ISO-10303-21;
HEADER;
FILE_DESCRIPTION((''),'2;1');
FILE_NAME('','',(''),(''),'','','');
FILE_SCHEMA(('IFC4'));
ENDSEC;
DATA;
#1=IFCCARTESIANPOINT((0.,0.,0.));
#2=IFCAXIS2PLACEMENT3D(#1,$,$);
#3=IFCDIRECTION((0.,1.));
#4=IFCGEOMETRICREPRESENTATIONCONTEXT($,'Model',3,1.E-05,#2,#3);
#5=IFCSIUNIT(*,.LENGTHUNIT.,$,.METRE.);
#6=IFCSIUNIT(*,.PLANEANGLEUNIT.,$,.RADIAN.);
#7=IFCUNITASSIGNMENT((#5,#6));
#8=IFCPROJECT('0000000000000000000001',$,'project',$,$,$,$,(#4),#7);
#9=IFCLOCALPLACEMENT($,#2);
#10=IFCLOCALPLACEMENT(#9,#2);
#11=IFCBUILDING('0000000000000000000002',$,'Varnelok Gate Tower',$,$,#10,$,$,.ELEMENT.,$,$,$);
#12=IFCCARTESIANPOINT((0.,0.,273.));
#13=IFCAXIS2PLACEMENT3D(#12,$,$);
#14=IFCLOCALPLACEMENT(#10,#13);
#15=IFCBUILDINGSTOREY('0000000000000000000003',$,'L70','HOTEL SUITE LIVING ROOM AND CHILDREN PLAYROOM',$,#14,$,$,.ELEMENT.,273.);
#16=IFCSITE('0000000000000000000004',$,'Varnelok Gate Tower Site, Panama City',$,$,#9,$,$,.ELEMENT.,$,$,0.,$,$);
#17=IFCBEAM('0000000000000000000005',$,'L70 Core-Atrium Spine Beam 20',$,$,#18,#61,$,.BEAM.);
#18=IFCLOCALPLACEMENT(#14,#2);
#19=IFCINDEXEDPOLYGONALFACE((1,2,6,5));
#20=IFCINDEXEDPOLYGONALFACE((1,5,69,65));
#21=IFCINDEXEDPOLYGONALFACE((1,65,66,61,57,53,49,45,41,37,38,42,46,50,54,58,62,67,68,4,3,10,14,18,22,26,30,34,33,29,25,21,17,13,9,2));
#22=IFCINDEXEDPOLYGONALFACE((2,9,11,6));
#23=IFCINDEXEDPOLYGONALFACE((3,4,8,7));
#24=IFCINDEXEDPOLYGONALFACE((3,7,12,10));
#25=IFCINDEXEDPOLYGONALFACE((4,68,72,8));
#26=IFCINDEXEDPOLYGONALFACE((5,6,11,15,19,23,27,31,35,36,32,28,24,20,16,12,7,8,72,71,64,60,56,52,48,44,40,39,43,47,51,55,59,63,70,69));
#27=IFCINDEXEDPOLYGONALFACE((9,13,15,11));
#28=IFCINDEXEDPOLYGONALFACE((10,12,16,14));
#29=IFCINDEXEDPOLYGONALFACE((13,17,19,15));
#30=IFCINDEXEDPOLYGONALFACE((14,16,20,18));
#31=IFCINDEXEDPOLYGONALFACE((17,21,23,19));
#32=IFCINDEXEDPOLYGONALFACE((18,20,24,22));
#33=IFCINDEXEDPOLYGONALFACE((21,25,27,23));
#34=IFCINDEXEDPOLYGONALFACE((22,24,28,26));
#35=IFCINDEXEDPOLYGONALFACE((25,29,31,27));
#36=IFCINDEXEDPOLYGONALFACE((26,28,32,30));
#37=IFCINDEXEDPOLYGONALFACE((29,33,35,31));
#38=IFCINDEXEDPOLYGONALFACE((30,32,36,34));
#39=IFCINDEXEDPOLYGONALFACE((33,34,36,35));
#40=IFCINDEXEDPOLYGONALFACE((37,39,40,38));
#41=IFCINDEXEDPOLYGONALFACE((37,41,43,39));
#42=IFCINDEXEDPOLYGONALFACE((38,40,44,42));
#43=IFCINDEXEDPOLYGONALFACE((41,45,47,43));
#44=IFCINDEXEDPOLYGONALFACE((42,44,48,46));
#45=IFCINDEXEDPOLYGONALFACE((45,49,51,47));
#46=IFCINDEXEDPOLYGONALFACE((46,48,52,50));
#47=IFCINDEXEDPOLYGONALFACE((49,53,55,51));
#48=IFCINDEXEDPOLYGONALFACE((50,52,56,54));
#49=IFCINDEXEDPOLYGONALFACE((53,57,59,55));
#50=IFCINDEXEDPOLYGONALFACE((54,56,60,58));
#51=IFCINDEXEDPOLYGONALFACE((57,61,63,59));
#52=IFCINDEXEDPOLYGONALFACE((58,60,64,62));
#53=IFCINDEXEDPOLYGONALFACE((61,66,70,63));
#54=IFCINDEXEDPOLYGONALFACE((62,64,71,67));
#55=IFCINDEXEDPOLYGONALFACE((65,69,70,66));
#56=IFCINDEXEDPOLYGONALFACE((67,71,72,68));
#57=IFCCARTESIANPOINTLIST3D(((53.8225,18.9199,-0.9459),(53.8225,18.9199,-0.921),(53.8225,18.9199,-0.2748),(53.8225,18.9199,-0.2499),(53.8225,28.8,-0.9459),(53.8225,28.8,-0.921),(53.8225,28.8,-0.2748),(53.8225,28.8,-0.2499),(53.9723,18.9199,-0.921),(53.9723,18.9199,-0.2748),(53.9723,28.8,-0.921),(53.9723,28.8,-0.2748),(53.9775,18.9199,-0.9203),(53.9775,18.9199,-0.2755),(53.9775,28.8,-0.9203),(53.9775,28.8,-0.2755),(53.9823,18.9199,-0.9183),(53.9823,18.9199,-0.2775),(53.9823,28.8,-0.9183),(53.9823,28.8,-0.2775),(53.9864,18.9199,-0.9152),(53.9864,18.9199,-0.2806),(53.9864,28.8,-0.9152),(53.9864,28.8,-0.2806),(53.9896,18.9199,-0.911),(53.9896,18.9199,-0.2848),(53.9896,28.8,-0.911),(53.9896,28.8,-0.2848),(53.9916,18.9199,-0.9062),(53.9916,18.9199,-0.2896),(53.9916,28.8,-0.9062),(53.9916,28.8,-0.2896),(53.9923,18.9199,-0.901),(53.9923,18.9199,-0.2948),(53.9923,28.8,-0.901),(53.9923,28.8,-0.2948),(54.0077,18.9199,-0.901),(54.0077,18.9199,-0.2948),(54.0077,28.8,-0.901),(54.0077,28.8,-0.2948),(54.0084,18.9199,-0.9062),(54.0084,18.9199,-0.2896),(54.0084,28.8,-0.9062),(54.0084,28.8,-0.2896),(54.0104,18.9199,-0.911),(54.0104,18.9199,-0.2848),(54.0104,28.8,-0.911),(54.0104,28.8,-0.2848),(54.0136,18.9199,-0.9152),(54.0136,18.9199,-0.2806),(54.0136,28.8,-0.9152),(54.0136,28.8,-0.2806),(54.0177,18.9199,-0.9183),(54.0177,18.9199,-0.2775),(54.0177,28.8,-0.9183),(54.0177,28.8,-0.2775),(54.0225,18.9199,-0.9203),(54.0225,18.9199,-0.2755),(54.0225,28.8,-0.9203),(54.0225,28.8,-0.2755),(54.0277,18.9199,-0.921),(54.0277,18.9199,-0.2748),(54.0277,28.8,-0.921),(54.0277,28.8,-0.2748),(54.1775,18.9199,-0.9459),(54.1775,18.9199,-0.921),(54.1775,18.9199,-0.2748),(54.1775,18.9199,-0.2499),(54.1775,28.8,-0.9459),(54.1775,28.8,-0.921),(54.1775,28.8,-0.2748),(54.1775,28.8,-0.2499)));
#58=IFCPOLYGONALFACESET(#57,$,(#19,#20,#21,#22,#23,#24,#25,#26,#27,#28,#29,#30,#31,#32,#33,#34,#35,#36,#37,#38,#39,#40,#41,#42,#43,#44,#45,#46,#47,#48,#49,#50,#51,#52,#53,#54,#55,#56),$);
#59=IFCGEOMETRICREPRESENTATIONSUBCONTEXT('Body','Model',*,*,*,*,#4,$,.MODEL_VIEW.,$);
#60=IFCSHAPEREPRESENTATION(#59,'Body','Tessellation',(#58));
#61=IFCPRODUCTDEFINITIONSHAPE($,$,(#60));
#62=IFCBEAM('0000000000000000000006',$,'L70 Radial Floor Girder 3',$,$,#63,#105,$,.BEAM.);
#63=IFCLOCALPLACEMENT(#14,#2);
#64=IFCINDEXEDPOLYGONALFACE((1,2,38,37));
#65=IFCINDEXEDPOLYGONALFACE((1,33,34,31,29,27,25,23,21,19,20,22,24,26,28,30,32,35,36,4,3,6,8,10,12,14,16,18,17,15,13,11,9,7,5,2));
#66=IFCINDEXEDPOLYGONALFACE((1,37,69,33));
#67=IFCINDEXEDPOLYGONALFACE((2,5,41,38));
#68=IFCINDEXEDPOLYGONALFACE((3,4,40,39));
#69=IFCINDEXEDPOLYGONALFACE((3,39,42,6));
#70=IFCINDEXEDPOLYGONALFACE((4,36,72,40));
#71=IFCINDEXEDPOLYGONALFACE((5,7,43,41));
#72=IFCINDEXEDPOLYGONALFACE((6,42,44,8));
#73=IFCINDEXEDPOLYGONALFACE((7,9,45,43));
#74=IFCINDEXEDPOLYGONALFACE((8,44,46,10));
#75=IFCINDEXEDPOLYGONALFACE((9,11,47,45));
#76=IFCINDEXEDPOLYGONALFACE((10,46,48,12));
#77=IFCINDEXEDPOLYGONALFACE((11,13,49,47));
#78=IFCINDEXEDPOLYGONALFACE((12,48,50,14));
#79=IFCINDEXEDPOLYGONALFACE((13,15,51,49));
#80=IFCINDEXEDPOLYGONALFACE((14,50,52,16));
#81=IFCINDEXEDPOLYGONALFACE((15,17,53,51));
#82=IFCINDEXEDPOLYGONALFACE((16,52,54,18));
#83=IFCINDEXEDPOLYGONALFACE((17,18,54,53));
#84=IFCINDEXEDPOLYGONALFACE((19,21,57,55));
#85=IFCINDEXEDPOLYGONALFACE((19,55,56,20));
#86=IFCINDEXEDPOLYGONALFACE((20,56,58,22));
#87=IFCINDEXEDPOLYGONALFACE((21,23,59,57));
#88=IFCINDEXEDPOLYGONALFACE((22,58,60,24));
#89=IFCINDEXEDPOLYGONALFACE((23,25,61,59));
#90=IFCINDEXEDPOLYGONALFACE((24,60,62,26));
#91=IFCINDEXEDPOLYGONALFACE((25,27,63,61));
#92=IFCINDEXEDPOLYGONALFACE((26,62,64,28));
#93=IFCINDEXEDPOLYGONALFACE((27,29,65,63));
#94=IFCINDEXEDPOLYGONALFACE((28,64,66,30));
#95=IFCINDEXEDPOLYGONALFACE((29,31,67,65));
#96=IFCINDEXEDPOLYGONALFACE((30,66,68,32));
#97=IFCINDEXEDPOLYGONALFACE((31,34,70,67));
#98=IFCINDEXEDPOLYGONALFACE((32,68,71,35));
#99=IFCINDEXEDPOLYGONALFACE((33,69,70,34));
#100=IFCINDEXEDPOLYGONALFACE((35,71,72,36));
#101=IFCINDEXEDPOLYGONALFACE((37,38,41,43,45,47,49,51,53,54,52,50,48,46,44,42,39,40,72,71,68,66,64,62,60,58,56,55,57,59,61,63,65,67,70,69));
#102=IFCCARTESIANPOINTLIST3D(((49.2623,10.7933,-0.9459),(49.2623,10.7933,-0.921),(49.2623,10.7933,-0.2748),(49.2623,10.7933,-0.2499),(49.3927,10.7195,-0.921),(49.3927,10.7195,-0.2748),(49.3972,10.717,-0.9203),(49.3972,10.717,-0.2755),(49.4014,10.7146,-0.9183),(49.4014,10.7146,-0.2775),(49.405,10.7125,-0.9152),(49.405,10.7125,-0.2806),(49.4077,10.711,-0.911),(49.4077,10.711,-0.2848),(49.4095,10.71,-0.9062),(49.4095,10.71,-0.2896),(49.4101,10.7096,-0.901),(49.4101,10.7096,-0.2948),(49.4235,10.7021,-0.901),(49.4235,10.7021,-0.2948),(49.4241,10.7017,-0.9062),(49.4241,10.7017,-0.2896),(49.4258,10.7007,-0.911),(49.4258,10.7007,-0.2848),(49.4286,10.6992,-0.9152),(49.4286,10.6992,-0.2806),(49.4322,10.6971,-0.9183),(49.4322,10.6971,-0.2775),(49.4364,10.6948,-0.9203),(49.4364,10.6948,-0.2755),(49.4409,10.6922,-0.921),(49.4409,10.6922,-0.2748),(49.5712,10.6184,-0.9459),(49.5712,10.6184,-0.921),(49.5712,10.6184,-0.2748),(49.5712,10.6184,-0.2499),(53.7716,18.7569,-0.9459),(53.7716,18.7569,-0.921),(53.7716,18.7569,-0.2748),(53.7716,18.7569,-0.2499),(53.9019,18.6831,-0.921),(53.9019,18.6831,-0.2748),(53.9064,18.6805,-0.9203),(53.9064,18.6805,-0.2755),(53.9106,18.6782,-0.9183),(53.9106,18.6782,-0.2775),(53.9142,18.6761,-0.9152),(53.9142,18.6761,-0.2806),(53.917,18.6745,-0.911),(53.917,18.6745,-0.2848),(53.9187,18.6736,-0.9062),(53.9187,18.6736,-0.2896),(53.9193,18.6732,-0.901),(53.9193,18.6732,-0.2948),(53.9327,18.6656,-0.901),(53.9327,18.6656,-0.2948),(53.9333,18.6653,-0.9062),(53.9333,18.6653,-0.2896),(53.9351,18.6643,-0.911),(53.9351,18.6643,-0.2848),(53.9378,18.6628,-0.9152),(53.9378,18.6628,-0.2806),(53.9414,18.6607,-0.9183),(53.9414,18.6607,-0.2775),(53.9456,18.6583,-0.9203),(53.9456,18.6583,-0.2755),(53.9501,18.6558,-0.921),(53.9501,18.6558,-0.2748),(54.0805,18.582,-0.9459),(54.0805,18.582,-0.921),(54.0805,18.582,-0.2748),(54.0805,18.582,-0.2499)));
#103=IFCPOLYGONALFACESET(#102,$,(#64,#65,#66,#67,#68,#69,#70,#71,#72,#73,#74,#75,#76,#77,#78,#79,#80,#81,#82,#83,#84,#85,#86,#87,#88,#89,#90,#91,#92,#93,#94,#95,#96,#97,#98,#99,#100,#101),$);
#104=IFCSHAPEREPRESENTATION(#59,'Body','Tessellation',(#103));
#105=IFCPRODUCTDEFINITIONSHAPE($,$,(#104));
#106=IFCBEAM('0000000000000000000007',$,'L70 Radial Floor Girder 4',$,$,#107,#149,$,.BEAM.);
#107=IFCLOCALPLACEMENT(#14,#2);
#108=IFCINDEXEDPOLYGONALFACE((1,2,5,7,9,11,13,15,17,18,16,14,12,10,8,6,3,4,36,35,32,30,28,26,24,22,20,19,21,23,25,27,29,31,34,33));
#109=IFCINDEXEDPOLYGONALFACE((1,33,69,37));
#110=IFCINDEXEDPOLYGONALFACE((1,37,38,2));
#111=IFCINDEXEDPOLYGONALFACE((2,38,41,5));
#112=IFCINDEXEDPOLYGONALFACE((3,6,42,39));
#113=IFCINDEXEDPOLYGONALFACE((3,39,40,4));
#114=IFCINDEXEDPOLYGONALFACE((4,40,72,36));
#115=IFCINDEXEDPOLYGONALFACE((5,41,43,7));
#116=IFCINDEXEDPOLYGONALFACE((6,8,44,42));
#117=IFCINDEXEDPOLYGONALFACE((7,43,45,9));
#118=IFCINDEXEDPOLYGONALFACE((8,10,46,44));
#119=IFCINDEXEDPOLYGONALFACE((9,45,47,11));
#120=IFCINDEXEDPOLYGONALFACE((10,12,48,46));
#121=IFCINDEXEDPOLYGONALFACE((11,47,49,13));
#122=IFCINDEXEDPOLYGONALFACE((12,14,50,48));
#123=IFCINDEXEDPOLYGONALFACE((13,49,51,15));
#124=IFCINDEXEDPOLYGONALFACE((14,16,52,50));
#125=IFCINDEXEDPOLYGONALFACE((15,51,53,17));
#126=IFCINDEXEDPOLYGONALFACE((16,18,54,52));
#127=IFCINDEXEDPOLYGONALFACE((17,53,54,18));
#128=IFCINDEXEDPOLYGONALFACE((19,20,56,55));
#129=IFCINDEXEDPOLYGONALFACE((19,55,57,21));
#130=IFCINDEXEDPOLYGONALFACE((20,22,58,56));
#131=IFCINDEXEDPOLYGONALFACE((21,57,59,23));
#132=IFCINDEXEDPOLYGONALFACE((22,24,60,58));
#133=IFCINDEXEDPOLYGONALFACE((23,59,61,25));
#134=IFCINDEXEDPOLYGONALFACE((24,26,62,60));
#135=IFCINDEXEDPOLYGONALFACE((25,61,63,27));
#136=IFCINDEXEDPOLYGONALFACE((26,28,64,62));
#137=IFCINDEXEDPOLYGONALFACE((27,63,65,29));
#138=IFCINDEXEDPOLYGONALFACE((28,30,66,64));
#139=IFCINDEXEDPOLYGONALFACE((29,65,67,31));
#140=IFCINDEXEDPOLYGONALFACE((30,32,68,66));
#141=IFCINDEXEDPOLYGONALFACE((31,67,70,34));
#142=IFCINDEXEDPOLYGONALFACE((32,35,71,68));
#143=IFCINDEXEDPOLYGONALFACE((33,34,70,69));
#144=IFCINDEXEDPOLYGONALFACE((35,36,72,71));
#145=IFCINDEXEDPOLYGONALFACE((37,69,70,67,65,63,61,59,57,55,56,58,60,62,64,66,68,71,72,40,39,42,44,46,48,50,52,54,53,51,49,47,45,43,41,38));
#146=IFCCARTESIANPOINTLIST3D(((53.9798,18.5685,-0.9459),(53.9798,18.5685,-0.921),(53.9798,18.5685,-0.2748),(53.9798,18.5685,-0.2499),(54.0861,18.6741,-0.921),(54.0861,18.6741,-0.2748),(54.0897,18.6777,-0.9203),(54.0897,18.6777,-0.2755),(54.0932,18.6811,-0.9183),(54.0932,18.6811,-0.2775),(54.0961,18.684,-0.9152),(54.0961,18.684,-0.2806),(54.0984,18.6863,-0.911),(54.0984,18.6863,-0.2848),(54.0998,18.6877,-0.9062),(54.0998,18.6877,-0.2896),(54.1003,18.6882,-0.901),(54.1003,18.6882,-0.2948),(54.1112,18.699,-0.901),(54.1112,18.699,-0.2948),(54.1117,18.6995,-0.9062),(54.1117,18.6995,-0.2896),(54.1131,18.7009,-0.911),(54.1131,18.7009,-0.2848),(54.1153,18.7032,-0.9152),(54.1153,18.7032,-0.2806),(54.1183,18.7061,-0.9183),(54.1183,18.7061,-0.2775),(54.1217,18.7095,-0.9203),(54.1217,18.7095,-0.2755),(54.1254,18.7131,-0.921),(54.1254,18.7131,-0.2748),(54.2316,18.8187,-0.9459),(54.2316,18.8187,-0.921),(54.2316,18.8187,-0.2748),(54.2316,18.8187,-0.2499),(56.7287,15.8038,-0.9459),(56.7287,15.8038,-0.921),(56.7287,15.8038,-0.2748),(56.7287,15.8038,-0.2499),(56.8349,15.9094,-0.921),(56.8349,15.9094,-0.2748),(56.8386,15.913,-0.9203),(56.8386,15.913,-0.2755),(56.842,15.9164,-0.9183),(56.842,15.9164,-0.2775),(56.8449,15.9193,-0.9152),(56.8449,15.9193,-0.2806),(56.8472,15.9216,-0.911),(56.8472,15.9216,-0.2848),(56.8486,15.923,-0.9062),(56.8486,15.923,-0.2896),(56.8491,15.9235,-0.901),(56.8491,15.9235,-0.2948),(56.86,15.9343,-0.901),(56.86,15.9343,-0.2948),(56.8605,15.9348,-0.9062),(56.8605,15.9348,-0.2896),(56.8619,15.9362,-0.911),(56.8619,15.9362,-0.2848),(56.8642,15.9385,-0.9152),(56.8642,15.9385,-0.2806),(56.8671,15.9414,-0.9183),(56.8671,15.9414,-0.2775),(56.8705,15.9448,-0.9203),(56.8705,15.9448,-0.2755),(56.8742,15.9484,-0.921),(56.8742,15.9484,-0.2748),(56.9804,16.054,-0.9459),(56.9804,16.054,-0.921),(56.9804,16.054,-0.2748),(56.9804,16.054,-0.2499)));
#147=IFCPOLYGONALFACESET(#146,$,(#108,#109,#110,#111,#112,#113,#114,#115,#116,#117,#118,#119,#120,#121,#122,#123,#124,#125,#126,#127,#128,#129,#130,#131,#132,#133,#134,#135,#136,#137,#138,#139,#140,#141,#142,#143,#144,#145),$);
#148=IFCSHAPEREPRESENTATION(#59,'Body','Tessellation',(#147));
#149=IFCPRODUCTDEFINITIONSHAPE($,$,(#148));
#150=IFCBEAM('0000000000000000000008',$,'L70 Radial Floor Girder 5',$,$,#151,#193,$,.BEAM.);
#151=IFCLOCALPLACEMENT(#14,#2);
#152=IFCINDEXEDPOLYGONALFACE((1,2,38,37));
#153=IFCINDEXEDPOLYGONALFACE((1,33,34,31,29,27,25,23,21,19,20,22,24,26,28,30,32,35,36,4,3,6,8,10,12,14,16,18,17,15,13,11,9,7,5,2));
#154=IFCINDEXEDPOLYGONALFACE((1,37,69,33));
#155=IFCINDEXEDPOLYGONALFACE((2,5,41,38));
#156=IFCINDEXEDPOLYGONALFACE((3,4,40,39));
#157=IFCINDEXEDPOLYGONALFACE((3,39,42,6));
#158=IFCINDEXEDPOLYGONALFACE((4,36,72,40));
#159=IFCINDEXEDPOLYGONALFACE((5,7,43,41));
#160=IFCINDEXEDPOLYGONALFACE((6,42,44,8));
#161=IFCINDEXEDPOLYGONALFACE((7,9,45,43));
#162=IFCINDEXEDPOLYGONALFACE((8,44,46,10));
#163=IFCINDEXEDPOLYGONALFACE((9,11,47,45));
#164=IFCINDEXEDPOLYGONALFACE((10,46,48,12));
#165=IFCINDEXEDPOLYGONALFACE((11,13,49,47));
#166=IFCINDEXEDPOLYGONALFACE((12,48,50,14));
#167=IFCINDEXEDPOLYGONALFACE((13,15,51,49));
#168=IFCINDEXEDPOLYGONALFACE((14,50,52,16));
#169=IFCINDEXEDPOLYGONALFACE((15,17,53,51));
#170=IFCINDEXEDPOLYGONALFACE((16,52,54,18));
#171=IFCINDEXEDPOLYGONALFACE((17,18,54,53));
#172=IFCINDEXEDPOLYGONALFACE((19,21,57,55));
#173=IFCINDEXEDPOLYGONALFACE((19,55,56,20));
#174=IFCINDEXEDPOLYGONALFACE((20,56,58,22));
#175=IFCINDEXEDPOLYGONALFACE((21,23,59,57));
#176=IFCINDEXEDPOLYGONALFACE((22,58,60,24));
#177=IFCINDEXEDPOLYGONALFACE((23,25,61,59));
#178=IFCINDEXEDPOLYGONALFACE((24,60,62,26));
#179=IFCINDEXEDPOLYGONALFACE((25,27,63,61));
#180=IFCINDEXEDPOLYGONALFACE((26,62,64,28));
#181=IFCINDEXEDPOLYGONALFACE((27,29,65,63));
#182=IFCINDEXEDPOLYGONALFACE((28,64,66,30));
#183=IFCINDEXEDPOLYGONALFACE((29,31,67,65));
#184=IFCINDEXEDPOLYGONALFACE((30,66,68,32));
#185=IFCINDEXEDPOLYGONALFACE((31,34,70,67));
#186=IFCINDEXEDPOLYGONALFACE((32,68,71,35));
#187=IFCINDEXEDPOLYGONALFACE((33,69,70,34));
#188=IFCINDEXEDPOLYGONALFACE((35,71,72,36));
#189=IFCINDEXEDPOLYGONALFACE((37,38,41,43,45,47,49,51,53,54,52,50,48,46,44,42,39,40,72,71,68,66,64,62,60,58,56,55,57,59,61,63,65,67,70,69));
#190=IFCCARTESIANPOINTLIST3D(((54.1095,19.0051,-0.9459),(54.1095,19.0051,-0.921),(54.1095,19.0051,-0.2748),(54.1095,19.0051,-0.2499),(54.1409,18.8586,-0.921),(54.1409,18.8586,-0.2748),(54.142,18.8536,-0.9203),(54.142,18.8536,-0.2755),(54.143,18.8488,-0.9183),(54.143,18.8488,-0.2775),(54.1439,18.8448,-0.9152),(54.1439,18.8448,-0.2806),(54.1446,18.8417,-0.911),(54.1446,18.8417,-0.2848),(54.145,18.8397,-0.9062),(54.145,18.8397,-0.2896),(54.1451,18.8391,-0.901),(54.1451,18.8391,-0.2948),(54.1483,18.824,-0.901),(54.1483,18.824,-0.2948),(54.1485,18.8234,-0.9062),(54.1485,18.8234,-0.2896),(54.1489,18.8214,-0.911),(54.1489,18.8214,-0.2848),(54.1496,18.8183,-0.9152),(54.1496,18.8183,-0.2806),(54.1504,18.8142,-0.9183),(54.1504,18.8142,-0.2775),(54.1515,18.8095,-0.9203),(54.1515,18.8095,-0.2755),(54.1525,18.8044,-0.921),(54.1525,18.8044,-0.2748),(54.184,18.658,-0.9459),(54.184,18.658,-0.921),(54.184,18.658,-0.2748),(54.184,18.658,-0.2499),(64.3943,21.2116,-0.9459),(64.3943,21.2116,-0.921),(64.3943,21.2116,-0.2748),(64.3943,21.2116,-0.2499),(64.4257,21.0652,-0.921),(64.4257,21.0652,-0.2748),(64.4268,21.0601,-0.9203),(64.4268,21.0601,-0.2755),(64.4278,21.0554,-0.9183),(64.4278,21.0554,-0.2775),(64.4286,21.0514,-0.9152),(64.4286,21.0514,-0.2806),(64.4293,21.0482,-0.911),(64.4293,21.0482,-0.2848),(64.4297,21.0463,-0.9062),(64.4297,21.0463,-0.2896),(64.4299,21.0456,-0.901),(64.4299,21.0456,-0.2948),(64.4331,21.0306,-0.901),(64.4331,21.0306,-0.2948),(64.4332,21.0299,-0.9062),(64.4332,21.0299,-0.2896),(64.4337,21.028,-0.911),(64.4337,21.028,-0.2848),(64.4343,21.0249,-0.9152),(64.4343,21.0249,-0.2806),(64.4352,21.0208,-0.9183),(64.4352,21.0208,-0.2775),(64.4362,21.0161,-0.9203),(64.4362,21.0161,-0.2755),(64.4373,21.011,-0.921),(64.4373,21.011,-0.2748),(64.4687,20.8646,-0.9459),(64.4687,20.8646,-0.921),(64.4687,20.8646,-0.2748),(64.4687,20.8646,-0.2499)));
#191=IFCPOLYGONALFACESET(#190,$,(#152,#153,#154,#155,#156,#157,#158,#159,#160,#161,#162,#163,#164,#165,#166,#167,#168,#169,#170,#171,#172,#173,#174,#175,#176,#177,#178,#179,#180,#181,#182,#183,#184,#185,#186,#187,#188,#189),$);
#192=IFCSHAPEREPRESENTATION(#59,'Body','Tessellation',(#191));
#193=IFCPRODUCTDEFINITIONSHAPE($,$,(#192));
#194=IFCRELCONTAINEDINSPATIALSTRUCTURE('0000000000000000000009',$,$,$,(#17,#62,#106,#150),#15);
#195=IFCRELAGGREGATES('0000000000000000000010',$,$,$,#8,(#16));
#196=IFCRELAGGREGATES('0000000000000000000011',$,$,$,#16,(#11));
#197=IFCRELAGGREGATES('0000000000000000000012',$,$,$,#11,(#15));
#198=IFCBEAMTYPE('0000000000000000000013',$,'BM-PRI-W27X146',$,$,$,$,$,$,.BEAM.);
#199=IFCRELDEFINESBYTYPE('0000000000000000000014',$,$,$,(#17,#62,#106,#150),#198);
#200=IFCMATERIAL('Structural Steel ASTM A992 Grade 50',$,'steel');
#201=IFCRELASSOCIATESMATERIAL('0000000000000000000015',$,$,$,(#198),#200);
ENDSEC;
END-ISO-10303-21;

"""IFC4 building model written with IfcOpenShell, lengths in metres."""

from ifc_helpers import new_model, si_unit, direction, frame, origin, origin_2d, place, context, subcontext, project, spatial, i_section, extrude, material, material_profile, profile_set, type_object, element, save


model = new_model("IFC4")

# Units and contexts
model_context = context("Model", 3, precision=1e-05, world=origin(), true_north=direction((0.0, 1.0)))
body_context = subcontext(model_context, "Body", "Model", "MODEL_VIEW")
ifc_project = project(units=[si_unit("LENGTHUNIT", "METRE"), si_unit("PLANEANGLEUNIT", "RADIAN")], contexts=[model_context])

# Site, building, storey
site_placement = place(None, origin())
site = spatial("IfcSite", under=ifc_project, at=site_placement, Name="Varnelok Gate Tower Site, Panama City", CompositionType="ELEMENT", RefElevation=0.0)
building_placement = place(site_placement, origin())
building = spatial("IfcBuilding", under=site, at=building_placement, Name="Varnelok Gate Tower", CompositionType="ELEMENT")
storey_placement = place(building_placement, frame((0.0, 0.0, 273.0)))
storey = spatial("IfcBuildingStorey", under=building, at=storey_placement, Name="L70", Description="HOTEL SUITE LIVING ROOM AND CHILDREN PLAYROOM", CompositionType="ELEMENT", Elevation=273.0)

# Shared definitions
ifc_material_1 = material(Name="Structural Steel ASTM A992 Grade 50", Category="steel")

# Beams
ifc_material_profile_1 = material_profile(ifc_material_1, i_section(OverallWidth=0.355, OverallDepth=0.696, WebThickness=0.0154, FlangeThickness=0.0249, FilletRadius=0.02, at=origin_2d()), Name="W27X146")
ifc_profile_set_1 = profile_set([ifc_material_profile_1], Name="Structural Steel ASTM A992 Grade 50")
beam_type_1 = type_object("IfcBeamType", Name="BM-PRI-W27X146", PredefinedType="BEAM", material=ifc_profile_set_1)
beam_1_placement = place(storey_placement, frame((54.0, 18.9199, -0.5979), z_axis=(0.0, 1.0, 0.0), x_axis=(-1.0, 0.0, 0.0)))
element("IfcBeam", 1, at=beam_1_placement, inside=storey, type_object=beam_type_1, Name="L70 Core-Atrium Spine Beam 20", PredefinedType="BEAM", context=body_context, shape_type="SweptSolid", body=[
    extrude(i_section(OverallWidth=0.355, OverallDepth=0.696, WebThickness=0.0154, FlangeThickness=0.0249, FilletRadius=0.02, at=origin_2d()), origin(), (0.0, 0.0, 1.0), 9.8801),
])
beam_2_placement = place(storey_placement, frame((53.926, 18.6694, -0.5979), z_axis=(-0.492728, -0.870183, 0.0), x_axis=(0.870183, -0.492728, 0.0)))
element("IfcBeam", 2, at=beam_2_placement, inside=storey, type_object=beam_type_1, Name="L70 Radial Floor Girder 3", PredefinedType="BEAM", context=body_context, shape_type="SweptSolid", body=[
    extrude(i_section(OverallWidth=0.355, OverallDepth=0.696, WebThickness=0.0154, FlangeThickness=0.0249, FilletRadius=0.02, at=origin_2d()), origin(), (0.0, 0.0, 1.0), 9.1516),
])
beam_3_placement = place(storey_placement, frame((54.1057, 18.6936, -0.5979), z_axis=(0.705069, -0.709139, 0.0), x_axis=(0.709139, 0.705069, 0.0)))
element("IfcBeam", 3, at=beam_3_placement, inside=storey, type_object=beam_type_1, Name="L70 Radial Floor Girder 4", PredefinedType="BEAM", context=body_context, shape_type="SweptSolid", body=[
    extrude(i_section(OverallWidth=0.355, OverallDepth=0.696, WebThickness=0.0154, FlangeThickness=0.0249, FilletRadius=0.02, at=origin_2d()), origin(), (0.0, 0.0, 1.0), 3.8987),
])
beam_4_placement = place(storey_placement, frame((54.1467, 18.8315, -0.5979), z_axis=(0.97775, 0.209773, 0.0), x_axis=(-0.209773, 0.97775, 0.0)))
element("IfcBeam", 4, at=beam_4_placement, inside=storey, type_object=beam_type_1, Name="L70 Radial Floor Girder 5", PredefinedType="BEAM", context=body_context, shape_type="SweptSolid", body=[
    extrude(i_section(OverallWidth=0.355, OverallDepth=0.696, WebThickness=0.0154, FlangeThickness=0.0249, FilletRadius=0.02, at=origin_2d()), origin(), (0.0, 0.0, 1.0), 10.5188),
])

save(model, "model.ifc")
